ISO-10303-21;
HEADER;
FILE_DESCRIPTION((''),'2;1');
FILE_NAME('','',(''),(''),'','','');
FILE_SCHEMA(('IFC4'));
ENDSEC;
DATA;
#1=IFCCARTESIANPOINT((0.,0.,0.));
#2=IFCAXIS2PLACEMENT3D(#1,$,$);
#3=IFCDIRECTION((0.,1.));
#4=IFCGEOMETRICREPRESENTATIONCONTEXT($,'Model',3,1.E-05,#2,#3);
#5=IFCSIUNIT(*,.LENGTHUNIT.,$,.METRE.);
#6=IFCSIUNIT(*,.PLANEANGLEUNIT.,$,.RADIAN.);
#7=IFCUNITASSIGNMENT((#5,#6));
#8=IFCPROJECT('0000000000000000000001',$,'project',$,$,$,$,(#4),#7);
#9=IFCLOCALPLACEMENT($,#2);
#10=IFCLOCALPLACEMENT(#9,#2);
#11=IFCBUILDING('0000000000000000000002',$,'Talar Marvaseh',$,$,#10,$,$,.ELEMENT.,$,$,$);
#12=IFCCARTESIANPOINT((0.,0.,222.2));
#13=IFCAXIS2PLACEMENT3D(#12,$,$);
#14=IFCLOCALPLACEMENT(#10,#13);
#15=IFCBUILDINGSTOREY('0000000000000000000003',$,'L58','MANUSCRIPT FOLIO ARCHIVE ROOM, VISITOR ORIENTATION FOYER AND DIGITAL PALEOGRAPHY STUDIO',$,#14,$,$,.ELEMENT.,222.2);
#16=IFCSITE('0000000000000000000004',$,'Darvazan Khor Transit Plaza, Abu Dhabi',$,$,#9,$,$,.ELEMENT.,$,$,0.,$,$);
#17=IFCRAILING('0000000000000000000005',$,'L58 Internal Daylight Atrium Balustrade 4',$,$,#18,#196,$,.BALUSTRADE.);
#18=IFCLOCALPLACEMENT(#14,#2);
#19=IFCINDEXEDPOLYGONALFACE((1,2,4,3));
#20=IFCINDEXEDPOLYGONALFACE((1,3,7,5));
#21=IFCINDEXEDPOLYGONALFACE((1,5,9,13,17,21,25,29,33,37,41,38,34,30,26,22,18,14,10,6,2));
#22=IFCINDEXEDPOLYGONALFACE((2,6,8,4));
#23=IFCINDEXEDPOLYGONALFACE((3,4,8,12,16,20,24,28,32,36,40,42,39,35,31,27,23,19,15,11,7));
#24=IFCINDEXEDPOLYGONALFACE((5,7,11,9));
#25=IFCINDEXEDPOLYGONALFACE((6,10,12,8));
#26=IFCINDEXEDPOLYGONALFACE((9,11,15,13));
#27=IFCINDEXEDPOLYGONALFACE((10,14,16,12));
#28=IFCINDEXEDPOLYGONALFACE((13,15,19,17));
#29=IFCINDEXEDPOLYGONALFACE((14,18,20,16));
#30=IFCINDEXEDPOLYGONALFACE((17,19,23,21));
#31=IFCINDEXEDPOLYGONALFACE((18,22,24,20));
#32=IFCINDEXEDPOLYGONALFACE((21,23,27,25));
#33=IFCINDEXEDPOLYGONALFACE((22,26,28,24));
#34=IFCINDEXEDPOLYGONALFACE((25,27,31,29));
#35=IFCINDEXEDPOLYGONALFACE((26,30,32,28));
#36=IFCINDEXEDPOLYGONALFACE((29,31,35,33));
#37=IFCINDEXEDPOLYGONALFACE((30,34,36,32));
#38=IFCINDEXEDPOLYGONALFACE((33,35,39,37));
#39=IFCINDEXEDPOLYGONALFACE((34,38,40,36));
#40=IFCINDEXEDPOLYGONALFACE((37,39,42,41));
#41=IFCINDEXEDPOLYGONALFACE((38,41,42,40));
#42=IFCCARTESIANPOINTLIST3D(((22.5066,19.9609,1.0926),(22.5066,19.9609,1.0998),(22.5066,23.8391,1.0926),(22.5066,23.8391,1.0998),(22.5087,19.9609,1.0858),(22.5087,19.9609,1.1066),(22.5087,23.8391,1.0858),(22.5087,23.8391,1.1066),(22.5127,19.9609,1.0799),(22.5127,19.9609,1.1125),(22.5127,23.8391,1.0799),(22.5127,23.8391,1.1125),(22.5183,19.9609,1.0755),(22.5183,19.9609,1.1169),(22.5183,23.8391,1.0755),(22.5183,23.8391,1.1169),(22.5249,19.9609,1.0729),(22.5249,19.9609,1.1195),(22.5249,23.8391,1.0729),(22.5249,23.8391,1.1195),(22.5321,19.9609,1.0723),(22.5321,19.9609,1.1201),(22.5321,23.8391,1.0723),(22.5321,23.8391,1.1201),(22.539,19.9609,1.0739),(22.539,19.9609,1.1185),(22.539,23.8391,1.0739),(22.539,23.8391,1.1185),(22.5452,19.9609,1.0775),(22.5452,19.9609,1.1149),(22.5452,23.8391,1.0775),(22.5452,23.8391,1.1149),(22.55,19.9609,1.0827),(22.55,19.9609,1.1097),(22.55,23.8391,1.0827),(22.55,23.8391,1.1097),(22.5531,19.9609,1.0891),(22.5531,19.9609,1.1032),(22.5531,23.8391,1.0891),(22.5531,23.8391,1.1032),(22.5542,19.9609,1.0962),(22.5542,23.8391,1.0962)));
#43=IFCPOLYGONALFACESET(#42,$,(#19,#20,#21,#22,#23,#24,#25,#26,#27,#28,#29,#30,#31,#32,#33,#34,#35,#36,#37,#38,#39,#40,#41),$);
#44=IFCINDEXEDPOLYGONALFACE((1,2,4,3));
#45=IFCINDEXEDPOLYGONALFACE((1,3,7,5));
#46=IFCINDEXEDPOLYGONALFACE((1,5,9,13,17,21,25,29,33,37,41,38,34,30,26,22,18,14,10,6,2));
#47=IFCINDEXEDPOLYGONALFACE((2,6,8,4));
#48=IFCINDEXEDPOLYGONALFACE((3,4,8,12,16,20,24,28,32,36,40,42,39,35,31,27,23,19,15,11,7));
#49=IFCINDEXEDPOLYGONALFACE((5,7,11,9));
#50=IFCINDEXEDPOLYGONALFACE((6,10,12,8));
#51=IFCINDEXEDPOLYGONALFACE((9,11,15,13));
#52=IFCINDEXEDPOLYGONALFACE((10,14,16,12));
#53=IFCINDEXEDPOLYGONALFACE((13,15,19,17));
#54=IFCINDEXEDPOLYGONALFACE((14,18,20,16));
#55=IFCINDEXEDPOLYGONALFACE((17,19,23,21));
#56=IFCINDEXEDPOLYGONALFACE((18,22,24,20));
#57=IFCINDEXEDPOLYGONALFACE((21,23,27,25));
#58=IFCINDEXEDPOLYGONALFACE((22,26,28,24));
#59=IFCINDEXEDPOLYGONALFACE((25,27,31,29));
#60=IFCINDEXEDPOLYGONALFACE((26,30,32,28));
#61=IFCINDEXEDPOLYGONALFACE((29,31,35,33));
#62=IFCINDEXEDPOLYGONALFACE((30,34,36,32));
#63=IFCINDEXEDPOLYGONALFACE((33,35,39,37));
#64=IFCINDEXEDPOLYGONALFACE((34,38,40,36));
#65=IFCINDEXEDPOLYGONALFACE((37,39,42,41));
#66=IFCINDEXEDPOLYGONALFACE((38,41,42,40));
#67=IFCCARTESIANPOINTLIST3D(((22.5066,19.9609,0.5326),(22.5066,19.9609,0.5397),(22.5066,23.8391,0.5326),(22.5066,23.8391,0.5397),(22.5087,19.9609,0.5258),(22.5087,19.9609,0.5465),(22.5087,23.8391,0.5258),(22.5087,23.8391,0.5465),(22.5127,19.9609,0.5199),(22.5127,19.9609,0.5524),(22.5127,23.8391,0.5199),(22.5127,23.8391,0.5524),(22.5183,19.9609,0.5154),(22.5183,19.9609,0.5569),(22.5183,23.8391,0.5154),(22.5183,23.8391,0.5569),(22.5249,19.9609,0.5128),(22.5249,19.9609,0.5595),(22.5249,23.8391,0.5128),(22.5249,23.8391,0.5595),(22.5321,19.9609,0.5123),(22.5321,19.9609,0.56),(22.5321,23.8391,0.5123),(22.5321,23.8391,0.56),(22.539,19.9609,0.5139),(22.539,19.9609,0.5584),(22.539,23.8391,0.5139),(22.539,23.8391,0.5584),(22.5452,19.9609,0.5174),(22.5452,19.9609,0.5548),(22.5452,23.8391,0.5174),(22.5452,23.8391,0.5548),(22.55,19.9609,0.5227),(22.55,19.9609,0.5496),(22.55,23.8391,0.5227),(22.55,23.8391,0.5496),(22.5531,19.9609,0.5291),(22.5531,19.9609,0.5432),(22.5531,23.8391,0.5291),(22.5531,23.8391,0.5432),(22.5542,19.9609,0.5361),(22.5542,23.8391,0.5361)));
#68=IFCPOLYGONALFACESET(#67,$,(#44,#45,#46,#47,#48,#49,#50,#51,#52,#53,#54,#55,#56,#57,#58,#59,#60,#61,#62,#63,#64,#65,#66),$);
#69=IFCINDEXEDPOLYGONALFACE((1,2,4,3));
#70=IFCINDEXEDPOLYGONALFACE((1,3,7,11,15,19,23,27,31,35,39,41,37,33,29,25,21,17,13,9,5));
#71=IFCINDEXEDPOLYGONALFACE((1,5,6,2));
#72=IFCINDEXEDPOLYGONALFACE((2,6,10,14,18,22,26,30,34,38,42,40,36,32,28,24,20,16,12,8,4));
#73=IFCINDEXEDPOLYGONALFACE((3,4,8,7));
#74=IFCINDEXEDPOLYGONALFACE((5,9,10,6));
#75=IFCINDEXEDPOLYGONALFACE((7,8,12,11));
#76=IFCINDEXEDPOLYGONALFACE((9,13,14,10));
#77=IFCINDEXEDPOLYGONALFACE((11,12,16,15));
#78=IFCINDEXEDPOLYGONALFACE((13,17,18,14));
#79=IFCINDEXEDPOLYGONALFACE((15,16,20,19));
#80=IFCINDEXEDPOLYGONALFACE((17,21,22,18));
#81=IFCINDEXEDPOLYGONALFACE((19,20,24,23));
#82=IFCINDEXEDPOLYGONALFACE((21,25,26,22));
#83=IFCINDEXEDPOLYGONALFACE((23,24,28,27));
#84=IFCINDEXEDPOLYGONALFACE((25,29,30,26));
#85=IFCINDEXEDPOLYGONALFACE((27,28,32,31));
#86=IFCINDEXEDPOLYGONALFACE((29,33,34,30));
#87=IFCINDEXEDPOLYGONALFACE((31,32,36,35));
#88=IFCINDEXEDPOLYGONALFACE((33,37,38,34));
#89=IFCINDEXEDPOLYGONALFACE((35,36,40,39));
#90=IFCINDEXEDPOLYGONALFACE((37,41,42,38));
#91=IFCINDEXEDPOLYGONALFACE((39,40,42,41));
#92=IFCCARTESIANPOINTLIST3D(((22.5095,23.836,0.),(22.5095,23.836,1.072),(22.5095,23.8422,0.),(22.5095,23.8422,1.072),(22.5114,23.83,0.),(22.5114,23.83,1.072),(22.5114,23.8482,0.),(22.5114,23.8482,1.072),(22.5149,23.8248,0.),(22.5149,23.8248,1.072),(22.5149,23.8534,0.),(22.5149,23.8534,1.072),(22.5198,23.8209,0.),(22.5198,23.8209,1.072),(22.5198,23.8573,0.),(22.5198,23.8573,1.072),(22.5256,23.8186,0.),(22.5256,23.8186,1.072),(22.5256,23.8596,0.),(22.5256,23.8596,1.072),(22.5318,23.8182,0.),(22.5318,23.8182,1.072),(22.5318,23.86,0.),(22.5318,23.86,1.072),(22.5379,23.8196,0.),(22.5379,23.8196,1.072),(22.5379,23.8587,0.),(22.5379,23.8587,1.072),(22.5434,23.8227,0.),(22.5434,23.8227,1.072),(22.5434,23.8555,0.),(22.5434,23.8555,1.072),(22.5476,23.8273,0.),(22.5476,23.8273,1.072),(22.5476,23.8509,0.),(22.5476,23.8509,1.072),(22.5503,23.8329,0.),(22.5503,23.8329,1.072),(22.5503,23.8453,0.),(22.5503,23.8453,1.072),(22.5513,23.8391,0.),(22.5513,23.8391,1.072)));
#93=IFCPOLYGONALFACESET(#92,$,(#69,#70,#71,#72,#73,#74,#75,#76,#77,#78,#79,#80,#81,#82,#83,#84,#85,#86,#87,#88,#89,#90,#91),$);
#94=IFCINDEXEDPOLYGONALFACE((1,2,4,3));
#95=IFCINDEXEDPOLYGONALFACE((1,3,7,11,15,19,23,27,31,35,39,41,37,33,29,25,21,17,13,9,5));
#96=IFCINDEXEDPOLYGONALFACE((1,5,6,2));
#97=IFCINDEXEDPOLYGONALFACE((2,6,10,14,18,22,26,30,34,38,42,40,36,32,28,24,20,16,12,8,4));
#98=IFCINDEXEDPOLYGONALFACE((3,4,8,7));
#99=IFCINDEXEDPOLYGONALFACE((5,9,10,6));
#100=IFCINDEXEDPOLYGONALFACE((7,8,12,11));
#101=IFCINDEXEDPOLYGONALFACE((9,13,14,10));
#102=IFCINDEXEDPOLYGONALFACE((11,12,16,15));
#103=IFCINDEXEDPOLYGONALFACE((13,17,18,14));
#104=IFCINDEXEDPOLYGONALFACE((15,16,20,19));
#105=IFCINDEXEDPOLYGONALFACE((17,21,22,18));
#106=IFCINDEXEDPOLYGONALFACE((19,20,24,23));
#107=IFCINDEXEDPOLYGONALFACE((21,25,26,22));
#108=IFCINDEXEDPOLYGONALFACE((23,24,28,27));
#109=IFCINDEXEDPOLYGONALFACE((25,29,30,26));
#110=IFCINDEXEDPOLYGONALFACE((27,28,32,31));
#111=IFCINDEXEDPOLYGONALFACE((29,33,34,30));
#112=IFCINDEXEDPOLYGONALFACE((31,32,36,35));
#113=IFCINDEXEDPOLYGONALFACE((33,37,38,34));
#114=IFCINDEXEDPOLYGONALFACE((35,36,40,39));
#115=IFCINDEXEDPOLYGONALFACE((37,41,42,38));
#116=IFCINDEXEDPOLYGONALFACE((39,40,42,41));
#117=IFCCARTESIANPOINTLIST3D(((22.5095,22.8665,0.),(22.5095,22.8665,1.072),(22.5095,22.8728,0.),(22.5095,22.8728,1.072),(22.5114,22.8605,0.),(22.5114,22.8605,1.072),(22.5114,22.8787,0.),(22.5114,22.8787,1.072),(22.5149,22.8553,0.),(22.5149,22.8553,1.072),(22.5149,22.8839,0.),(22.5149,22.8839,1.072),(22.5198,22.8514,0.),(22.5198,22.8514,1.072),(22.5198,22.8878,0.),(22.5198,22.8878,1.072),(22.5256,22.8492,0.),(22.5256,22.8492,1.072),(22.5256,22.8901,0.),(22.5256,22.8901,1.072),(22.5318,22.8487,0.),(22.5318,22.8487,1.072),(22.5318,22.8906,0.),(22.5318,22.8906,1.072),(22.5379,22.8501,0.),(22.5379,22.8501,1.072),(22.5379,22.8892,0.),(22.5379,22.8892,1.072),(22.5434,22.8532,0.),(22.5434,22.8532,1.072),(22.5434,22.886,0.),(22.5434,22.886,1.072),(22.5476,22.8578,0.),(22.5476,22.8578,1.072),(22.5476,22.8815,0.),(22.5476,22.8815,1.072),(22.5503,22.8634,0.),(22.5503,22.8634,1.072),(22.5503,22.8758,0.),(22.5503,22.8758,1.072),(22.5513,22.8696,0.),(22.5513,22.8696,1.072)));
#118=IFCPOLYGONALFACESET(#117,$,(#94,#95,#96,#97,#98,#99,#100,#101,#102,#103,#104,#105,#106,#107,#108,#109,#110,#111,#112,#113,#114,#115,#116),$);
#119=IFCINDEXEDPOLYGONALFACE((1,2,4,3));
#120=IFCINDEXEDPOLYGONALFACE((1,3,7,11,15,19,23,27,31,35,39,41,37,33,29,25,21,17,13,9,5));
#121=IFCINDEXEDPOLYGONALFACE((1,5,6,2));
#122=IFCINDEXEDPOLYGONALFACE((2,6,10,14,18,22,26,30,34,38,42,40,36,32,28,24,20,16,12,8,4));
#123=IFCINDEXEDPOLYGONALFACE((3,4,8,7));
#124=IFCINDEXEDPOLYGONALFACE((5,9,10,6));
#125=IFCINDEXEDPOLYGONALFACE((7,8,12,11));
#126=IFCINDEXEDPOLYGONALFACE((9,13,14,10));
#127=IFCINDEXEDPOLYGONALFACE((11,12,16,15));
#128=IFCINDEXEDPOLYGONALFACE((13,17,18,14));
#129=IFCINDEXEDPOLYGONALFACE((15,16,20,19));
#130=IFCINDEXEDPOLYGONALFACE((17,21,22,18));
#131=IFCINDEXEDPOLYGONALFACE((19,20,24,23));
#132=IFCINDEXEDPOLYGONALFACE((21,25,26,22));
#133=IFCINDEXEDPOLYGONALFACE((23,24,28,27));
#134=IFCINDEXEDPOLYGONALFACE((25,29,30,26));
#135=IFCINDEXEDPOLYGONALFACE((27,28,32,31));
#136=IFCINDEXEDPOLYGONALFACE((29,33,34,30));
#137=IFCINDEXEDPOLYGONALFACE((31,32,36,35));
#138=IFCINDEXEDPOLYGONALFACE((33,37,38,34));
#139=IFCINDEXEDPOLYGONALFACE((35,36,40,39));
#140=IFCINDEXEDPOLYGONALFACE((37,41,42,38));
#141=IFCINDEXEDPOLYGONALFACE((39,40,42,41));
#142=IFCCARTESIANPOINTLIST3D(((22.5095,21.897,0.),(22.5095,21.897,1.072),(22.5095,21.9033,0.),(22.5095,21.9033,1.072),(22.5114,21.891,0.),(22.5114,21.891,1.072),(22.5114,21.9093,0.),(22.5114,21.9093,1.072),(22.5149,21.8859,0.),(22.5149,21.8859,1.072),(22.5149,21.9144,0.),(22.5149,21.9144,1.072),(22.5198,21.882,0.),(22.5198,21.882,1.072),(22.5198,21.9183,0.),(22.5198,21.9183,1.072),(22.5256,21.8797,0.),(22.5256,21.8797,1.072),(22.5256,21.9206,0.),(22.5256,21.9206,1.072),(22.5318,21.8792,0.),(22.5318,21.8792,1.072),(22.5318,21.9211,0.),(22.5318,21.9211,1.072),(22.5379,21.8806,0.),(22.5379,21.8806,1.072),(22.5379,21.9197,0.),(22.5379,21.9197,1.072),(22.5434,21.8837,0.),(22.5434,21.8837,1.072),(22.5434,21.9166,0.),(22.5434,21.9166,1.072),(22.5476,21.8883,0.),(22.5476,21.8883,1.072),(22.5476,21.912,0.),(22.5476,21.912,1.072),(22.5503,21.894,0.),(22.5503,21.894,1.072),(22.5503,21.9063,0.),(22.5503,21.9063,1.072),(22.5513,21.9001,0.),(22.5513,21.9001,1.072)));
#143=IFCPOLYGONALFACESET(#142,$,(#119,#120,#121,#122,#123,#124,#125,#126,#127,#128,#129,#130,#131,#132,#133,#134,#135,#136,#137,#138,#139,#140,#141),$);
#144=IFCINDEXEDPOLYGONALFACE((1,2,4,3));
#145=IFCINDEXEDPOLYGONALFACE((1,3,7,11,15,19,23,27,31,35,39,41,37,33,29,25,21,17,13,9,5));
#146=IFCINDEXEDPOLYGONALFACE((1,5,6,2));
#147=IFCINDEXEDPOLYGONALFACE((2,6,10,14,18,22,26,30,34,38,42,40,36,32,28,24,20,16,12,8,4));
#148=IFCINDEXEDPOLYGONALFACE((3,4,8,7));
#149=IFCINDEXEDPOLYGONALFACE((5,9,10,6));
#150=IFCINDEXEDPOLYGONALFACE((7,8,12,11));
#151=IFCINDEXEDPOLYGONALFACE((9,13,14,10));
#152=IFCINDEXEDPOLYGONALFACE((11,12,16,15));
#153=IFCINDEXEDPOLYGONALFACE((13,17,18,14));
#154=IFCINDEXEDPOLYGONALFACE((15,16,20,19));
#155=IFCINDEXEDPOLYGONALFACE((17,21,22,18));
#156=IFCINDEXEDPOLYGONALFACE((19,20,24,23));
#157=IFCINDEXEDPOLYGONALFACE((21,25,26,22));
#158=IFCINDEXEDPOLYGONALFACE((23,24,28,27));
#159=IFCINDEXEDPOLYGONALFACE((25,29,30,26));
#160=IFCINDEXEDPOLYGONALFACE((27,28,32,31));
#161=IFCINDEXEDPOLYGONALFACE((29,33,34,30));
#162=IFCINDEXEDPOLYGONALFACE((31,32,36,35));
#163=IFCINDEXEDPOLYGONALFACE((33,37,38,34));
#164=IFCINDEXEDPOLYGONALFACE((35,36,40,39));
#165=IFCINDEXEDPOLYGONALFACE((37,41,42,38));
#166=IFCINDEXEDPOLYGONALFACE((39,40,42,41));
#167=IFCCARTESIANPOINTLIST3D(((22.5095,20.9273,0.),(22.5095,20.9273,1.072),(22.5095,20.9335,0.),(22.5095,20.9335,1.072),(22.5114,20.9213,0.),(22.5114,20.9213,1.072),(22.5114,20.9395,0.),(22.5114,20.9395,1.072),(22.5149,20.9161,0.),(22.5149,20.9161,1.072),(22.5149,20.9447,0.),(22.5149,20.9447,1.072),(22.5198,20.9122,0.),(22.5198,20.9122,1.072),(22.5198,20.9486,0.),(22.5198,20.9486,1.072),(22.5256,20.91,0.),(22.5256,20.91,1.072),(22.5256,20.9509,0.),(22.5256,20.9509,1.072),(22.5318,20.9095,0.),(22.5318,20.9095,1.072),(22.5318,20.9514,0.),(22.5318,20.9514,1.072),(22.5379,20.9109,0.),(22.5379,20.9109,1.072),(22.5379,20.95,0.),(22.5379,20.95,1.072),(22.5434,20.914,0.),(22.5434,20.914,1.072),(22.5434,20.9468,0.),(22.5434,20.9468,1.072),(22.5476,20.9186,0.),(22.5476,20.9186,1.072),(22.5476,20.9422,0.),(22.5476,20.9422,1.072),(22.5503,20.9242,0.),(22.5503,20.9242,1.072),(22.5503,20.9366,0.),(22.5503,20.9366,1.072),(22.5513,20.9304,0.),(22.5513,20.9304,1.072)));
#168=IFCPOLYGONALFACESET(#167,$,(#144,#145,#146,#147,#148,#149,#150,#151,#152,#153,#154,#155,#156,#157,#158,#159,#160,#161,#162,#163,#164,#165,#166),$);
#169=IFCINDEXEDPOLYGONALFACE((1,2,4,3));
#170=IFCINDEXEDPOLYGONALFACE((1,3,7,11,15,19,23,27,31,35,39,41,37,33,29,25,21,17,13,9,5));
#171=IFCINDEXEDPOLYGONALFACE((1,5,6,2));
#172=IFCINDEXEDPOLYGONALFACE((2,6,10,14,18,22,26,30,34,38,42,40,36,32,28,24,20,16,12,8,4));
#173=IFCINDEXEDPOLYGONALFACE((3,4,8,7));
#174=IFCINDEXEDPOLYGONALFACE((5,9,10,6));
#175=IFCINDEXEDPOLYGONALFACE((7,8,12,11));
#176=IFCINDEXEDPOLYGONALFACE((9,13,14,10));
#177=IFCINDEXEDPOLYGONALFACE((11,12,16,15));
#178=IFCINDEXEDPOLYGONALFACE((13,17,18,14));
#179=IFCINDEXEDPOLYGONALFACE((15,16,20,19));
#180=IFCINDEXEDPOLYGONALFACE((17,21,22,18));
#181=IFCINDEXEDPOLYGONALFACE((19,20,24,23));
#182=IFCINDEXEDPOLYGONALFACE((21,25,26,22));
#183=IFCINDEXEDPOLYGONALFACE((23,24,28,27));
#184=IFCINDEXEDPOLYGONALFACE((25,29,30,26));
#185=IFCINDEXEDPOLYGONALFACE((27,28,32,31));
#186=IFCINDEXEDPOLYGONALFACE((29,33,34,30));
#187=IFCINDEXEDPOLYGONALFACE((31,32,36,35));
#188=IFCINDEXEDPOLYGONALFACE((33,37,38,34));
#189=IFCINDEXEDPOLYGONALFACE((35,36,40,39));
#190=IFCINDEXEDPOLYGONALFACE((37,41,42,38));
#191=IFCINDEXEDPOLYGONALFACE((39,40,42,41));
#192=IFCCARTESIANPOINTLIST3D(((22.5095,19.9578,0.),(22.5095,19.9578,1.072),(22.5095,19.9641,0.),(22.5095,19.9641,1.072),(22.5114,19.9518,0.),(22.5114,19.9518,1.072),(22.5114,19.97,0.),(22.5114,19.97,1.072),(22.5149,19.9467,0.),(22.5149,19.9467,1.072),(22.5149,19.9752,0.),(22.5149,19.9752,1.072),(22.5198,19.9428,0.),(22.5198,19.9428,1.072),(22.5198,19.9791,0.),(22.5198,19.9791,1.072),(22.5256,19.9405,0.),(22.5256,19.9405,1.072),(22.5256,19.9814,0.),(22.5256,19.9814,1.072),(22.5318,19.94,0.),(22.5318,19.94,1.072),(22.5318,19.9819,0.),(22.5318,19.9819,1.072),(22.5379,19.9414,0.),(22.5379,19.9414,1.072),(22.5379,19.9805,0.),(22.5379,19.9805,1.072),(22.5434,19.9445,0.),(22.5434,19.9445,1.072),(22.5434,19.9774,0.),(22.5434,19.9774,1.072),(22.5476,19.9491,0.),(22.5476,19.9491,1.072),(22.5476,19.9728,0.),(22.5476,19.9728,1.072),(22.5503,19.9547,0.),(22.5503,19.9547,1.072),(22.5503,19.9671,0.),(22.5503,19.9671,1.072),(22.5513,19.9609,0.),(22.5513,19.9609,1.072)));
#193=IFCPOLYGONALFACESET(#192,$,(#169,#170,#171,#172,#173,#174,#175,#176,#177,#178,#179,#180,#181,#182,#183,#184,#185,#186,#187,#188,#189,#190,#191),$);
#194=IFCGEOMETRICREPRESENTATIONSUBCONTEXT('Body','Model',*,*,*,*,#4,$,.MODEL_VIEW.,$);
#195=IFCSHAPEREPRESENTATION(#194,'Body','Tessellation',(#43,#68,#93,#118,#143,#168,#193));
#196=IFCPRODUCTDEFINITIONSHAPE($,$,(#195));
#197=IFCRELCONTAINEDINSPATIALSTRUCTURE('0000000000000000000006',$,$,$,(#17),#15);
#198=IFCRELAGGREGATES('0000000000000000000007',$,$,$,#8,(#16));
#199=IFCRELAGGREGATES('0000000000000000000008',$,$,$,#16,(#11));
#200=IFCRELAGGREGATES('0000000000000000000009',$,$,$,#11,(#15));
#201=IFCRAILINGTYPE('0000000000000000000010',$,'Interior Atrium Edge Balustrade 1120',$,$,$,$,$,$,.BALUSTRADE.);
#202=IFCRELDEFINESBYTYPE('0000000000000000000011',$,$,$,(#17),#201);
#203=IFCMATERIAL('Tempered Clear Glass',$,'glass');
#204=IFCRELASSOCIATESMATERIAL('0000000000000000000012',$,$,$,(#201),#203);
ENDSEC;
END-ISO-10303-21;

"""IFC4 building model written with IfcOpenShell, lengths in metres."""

from ifc_helpers import new_model, si_unit, direction, frame, origin, origin_2d, place, context, subcontext, project, spatial, circle, extrude, material, type_object, element, save


model = new_model("IFC4")

# Units and contexts
model_context = context("Model", 3, precision=1e-05, world=origin(), true_north=direction((0.0, 1.0)))
body_context = subcontext(model_context, "Body", "Model", "MODEL_VIEW")
ifc_project = project(units=[si_unit("LENGTHUNIT", "METRE"), si_unit("PLANEANGLEUNIT", "RADIAN")], contexts=[model_context])

# Site, building, storey
site_placement = place(None, origin())
site = spatial("IfcSite", under=ifc_project, at=site_placement, Name="Darvazan Khor Transit Plaza, Abu Dhabi", CompositionType="ELEMENT", RefElevation=0.0)
building_placement = place(site_placement, origin())
building = spatial("IfcBuilding", under=site, at=building_placement, Name="Talar Marvaseh", CompositionType="ELEMENT")
storey_placement = place(building_placement, frame((0.0, 0.0, 222.2)))
storey = spatial("IfcBuildingStorey", under=building, at=storey_placement, Name="L58", Description="MANUSCRIPT FOLIO ARCHIVE ROOM, VISITOR ORIENTATION FOYER AND DIGITAL PALEOGRAPHY STUDIO", CompositionType="ELEMENT", Elevation=222.2)

# Railing
ifc_material_1 = material(Name="Tempered Clear Glass", Category="glass")
railing_type = type_object("IfcRailingType", Name="Interior Atrium Edge Balustrade 1120", PredefinedType="BALUSTRADE", material=ifc_material_1)
railing_1_placement = place(storey_placement, frame((22.5303, 23.8391, 0.0)))
element("IfcRailing", 1, at=railing_1_placement, inside=storey, type_object=railing_type, Name="L58 Internal Daylight Atrium Balustrade 4", PredefinedType="BALUSTRADE", context=body_context, shape_type="SweptSolid", body=[
    extrude(circle(Radius=0.0239, at=origin_2d()), frame((0.0, 0.0, 1.0962), z_axis=(0.0, -1.0, 0.0), x_axis=(1.0, 0.0, 0.0)), (0.0, 0.0, 1.0), 3.8782),
    extrude(circle(Radius=0.0239, at=origin_2d()), frame((0.0, 0.0, 0.5361), z_axis=(0.0, -1.0, 0.0), x_axis=(1.0, 0.0, 0.0)), (0.0, 0.0, 1.0), 3.8782),
    extrude(circle(Radius=0.021, at=origin_2d()), origin(), (0.0, 0.0, 1.0), 1.072),
    extrude(circle(Radius=0.021, at=origin_2d()), frame((0.0, -0.9695, 0.0)), (0.0, 0.0, 1.0), 1.072),
    extrude(circle(Radius=0.021, at=origin_2d()), frame((0.0, -1.939, 0.0)), (0.0, 0.0, 1.0), 1.072),
    extrude(circle(Radius=0.021, at=origin_2d()), frame((0.0, -2.9087, 0.0)), (0.0, 0.0, 1.0), 1.072),
    extrude(circle(Radius=0.021, at=origin_2d()), frame((0.0, -3.8782, 0.0)), (0.0, 0.0, 1.0), 1.072),
])

save(model, "model.ifc")
